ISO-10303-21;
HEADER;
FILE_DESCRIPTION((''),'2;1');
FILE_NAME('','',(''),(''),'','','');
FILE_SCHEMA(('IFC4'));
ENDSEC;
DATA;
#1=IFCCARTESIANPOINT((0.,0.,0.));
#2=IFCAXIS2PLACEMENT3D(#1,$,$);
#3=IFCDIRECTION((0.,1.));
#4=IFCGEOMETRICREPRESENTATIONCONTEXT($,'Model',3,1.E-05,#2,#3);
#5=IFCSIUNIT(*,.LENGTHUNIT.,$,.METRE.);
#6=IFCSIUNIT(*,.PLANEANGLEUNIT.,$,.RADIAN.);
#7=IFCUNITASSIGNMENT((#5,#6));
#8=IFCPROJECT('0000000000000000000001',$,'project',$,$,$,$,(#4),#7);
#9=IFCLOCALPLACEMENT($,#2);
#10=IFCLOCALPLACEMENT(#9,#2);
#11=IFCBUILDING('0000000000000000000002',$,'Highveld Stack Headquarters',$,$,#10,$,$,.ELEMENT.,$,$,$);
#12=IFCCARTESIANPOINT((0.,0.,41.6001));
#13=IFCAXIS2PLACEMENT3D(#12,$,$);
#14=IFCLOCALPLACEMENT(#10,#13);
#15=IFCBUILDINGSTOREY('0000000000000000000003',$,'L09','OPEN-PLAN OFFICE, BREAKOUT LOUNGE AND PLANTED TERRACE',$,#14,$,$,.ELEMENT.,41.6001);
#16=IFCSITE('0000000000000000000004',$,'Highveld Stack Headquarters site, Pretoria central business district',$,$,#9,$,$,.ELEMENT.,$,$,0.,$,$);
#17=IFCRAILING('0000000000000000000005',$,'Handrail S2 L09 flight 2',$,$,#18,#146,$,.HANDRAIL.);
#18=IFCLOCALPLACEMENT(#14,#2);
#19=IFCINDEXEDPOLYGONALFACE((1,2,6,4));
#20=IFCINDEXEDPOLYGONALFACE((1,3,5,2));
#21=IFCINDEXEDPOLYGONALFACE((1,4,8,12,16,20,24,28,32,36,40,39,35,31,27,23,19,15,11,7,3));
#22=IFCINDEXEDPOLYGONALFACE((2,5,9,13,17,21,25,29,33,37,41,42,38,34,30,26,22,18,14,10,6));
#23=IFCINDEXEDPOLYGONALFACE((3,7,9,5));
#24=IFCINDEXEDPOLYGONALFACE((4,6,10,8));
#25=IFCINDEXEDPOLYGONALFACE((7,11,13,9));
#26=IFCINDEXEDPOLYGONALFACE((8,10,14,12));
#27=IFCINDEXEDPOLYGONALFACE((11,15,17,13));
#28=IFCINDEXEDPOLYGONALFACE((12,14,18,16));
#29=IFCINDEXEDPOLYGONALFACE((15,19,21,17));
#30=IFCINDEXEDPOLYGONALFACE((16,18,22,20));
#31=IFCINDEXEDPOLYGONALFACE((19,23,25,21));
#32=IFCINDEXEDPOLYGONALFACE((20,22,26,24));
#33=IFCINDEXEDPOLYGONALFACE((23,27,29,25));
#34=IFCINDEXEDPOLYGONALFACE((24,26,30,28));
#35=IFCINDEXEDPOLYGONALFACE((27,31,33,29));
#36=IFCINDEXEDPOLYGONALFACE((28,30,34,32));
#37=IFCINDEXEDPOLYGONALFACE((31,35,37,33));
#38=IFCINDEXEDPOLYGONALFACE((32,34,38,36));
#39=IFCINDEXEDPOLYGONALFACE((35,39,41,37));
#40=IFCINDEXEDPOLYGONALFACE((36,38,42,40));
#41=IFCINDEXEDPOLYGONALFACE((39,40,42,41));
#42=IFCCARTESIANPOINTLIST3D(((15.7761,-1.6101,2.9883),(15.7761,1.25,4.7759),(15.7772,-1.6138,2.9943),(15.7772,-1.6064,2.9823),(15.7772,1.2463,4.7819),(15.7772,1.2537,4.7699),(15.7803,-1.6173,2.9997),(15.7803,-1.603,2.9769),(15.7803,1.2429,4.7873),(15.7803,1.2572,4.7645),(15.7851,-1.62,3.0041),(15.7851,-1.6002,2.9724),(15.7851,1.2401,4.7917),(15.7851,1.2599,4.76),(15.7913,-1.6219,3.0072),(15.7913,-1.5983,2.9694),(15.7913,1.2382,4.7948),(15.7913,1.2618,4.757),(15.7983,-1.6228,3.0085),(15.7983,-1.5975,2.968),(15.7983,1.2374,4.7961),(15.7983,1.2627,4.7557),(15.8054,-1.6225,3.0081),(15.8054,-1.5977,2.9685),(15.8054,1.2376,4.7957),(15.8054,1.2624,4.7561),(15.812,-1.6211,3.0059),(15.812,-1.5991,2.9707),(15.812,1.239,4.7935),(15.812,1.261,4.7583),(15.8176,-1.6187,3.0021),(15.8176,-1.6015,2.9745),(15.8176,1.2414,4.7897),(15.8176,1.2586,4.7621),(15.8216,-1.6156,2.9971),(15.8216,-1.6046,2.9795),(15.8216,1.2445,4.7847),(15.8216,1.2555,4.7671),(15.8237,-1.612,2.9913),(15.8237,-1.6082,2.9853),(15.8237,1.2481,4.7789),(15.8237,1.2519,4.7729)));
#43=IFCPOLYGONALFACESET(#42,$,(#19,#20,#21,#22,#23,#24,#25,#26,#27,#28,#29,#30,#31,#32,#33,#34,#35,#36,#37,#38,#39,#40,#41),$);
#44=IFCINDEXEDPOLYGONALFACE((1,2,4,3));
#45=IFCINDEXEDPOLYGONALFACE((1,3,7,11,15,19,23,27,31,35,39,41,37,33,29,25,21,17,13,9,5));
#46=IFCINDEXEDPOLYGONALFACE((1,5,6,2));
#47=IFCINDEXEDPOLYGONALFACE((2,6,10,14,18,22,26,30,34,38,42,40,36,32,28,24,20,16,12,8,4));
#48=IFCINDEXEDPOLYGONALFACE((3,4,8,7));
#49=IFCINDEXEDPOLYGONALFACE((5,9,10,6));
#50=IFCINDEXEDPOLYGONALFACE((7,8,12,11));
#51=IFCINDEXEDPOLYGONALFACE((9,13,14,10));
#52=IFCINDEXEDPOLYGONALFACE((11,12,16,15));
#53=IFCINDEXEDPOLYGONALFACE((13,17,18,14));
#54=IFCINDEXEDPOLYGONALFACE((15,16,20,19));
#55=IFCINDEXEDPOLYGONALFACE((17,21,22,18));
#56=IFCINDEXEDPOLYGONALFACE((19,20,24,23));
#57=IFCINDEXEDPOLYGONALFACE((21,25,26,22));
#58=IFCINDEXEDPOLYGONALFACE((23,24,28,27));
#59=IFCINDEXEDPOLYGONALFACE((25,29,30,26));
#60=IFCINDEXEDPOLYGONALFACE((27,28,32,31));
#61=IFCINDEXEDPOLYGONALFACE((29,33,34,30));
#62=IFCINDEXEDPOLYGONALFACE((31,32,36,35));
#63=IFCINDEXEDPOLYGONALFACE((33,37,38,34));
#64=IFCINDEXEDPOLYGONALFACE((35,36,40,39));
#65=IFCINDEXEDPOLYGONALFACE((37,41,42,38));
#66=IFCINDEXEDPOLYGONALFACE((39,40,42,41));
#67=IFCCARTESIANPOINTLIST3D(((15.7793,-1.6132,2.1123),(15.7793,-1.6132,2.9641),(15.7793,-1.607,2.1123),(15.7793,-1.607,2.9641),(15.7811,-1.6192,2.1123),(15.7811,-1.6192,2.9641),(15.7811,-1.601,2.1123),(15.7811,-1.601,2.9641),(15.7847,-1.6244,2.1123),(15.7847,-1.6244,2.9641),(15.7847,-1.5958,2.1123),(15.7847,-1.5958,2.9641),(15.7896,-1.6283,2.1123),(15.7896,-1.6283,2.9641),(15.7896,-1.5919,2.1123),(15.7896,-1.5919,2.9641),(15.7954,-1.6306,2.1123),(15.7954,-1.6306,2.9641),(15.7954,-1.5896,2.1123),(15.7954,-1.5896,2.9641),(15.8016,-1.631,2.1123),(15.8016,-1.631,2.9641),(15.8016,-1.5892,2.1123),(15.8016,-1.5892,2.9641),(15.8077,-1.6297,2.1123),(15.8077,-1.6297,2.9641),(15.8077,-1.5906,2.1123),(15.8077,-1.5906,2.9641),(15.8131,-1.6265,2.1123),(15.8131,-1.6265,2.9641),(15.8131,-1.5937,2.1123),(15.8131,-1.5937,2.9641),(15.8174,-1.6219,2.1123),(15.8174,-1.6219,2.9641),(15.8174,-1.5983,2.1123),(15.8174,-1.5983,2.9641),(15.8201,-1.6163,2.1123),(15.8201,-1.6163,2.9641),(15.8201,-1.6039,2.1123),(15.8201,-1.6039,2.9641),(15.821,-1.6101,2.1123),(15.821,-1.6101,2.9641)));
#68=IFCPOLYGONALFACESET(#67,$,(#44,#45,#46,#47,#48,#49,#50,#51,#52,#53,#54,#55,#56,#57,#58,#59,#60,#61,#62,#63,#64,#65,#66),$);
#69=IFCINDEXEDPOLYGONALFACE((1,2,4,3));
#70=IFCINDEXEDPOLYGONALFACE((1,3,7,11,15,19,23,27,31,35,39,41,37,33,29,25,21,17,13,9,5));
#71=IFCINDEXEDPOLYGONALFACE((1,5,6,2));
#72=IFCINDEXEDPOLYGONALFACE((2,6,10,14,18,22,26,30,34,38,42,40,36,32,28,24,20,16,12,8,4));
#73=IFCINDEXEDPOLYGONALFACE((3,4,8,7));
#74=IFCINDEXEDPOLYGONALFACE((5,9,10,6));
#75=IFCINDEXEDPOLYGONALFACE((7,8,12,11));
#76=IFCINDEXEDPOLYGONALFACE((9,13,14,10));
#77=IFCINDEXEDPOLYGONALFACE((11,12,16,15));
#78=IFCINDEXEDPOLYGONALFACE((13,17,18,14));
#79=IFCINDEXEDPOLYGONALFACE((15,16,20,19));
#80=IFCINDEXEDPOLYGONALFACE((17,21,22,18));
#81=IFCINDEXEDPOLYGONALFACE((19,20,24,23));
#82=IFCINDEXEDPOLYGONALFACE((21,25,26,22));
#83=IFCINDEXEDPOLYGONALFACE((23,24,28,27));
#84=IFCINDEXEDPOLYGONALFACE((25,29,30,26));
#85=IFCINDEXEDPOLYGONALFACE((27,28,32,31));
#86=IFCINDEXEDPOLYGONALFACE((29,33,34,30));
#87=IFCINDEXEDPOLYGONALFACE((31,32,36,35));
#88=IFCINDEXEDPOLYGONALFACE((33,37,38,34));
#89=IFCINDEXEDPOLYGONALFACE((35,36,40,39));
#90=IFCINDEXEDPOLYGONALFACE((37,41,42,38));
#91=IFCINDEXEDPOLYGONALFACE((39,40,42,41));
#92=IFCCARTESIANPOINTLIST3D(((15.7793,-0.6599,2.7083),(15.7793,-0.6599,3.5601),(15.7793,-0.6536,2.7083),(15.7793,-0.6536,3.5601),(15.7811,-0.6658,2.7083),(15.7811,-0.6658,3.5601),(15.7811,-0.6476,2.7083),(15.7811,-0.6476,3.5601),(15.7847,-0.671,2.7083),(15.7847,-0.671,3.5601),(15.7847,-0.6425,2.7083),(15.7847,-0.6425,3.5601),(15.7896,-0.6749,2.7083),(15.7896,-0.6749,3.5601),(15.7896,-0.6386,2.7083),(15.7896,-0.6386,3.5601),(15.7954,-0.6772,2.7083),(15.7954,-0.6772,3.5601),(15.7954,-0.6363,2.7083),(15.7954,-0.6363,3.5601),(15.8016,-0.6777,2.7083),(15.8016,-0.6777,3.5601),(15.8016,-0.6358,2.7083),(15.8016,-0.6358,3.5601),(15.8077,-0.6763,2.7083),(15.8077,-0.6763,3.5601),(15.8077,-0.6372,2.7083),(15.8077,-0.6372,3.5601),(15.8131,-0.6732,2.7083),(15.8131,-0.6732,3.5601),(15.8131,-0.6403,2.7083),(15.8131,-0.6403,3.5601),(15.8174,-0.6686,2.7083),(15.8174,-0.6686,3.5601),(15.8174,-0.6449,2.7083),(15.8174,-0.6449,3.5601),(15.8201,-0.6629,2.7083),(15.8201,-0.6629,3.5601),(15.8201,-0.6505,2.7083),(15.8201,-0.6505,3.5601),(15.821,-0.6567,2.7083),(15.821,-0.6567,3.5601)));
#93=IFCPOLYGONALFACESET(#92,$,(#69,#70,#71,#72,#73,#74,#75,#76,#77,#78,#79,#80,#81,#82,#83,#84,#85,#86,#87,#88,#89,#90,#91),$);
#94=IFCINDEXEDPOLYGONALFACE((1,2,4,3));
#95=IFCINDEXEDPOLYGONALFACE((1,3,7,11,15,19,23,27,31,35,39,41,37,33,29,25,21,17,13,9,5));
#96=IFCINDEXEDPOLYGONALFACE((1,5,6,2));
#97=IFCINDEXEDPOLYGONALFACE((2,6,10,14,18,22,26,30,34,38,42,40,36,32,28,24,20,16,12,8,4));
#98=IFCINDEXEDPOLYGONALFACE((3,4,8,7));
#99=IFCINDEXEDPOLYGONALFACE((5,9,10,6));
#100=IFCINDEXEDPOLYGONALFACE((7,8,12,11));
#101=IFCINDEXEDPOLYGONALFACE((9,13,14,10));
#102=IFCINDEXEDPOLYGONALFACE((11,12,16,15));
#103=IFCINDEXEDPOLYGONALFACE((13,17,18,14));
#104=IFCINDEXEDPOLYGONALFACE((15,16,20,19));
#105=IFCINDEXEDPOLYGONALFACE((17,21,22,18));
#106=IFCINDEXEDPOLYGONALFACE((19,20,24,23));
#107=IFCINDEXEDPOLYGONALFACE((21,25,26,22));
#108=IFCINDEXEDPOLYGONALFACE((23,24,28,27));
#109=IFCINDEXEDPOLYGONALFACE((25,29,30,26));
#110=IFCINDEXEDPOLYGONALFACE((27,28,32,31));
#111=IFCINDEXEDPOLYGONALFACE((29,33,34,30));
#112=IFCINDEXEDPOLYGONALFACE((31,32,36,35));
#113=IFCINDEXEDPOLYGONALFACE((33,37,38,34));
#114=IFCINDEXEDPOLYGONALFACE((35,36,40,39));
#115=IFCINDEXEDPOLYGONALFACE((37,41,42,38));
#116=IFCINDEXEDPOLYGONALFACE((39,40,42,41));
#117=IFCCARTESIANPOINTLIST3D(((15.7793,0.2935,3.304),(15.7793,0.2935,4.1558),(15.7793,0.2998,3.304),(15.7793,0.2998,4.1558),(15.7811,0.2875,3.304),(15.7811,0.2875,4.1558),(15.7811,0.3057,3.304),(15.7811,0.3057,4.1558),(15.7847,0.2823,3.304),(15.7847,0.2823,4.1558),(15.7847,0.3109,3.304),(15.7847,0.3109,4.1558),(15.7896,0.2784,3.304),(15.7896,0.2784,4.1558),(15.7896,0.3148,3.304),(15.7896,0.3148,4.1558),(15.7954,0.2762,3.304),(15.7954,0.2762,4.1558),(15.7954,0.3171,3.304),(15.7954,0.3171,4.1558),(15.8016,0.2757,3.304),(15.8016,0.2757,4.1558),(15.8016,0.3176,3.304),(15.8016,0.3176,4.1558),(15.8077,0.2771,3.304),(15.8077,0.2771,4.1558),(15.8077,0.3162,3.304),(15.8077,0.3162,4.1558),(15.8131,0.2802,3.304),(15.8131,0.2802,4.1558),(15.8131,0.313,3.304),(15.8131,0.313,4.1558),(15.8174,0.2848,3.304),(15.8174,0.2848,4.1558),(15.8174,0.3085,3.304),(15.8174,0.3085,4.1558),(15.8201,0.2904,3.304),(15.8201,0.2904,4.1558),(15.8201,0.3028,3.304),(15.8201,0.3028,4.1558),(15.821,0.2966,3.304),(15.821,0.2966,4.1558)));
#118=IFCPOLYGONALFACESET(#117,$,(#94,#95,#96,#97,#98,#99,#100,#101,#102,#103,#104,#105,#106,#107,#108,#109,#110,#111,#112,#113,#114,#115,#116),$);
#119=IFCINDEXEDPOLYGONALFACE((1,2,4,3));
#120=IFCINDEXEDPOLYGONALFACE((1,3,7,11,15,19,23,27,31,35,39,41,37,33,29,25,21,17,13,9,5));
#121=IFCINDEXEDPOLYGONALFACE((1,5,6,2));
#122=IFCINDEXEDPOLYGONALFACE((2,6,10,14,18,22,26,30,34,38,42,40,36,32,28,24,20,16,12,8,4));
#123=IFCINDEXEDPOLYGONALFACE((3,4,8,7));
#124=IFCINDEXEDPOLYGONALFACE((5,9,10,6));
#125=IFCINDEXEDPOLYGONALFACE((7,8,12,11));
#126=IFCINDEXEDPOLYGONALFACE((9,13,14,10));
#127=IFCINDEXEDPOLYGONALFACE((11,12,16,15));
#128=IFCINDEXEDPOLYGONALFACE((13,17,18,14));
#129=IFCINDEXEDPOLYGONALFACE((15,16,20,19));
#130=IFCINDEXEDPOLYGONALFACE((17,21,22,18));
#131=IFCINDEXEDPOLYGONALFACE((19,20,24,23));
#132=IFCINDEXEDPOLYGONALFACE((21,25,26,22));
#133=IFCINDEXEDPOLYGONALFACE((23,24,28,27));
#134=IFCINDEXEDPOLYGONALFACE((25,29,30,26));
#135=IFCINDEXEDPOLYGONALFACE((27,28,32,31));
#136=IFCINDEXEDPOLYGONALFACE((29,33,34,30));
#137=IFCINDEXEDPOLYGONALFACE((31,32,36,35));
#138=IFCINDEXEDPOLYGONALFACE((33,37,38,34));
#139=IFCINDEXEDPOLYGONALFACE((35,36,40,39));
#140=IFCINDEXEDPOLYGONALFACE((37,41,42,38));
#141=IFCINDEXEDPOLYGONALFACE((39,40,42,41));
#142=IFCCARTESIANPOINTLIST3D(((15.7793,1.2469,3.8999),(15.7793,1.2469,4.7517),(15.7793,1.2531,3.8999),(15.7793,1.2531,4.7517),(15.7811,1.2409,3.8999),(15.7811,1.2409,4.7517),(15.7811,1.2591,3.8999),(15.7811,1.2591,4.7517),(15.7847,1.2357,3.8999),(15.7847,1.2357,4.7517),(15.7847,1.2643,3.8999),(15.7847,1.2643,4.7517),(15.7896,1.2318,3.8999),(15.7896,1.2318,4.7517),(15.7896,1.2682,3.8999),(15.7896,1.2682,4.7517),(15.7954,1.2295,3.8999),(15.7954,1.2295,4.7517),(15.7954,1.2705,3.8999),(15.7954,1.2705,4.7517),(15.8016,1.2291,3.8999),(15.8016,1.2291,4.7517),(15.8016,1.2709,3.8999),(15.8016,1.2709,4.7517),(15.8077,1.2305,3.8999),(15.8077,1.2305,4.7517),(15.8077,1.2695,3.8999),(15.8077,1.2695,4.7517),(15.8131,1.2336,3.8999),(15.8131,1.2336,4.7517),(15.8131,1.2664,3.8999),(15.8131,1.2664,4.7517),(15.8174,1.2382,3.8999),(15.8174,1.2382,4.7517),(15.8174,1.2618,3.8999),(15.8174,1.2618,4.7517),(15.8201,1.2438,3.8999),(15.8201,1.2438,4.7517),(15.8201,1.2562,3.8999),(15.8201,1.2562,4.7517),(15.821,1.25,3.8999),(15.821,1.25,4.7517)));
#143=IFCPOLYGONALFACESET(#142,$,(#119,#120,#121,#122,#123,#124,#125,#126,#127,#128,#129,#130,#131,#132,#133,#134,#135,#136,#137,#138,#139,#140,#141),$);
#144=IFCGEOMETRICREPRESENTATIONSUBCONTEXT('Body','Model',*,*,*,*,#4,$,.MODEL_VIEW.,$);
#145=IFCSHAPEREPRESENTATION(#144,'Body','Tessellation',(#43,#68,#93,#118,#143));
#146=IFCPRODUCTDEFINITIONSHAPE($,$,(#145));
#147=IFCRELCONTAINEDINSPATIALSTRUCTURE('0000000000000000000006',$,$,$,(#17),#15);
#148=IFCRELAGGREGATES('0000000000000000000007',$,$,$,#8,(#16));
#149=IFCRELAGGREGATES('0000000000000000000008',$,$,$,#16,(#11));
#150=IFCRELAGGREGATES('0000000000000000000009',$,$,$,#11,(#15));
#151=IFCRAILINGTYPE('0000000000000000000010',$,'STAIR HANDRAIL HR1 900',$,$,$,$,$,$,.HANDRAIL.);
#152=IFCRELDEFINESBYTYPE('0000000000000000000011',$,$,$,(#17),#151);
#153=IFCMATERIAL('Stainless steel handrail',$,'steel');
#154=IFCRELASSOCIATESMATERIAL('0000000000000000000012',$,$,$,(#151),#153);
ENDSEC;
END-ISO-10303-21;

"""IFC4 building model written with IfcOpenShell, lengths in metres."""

from ifc_helpers import new_model, si_unit, direction, frame, origin, origin_2d, place, context, subcontext, project, spatial, circle, extrude, material, type_object, element, save


model = new_model("IFC4")

# Units and contexts
model_context = context("Model", 3, precision=1e-05, world=origin(), true_north=direction((0.0, 1.0)))
body_context = subcontext(model_context, "Body", "Model", "MODEL_VIEW")
ifc_project = project(units=[si_unit("LENGTHUNIT", "METRE"), si_unit("PLANEANGLEUNIT", "RADIAN")], contexts=[model_context])

# Site, building, storey
site_placement = place(None, origin())
site = spatial("IfcSite", under=ifc_project, at=site_placement, Name="Highveld Stack Headquarters site, Pretoria central business district", CompositionType="ELEMENT", RefElevation=0.0)
building_placement = place(site_placement, origin())
building = spatial("IfcBuilding", under=site, at=building_placement, Name="Highveld Stack Headquarters", CompositionType="ELEMENT")
storey_placement = place(building_placement, frame((0.0, 0.0, 41.6001)))
storey = spatial("IfcBuildingStorey", under=building, at=storey_placement, Name="L09", Description="OPEN-PLAN OFFICE, BREAKOUT LOUNGE AND PLANTED TERRACE", CompositionType="ELEMENT", Elevation=41.6001)

# Railing
ifc_material_1 = material(Name="Stainless steel handrail", Category="steel")
railing_type = type_object("IfcRailingType", Name="STAIR HANDRAIL HR1 900", PredefinedType="HANDRAIL", material=ifc_material_1)
railing_placement = place(storey_placement, frame((15.8, -1.6101, 2.1123)))
element("IfcRailing", 1, at=railing_placement, inside=storey, type_object=railing_type, Name="Handrail S2 L09 flight 2", PredefinedType="HANDRAIL", context=body_context, shape_type="SweptSolid", body=[
    extrude(circle(Radius=0.0239, at=origin_2d()), frame((0.0, 0.0, 0.876), z_axis=(0.0, 0.847994, 0.530005), x_axis=(-1.0, 0.0, 0.0)), (0.0, 0.0, 1.0), 3.3728),
    extrude(circle(Radius=0.021, at=origin_2d()), origin(), (0.0, 0.0, 1.0), 0.8518),
    extrude(circle(Radius=0.021, at=origin_2d()), frame((0.0, 0.9534, 0.5959)), (0.0, 0.0, 1.0), 0.8518),
    extrude(circle(Radius=0.021, at=origin_2d()), frame((0.0, 1.9067, 1.1917)), (0.0, 0.0, 1.0), 0.8518),
    extrude(circle(Radius=0.021, at=origin_2d()), frame((0.0, 2.8601, 1.7876)), (0.0, 0.0, 1.0), 0.8518),
])

save(model, "model.ifc")
